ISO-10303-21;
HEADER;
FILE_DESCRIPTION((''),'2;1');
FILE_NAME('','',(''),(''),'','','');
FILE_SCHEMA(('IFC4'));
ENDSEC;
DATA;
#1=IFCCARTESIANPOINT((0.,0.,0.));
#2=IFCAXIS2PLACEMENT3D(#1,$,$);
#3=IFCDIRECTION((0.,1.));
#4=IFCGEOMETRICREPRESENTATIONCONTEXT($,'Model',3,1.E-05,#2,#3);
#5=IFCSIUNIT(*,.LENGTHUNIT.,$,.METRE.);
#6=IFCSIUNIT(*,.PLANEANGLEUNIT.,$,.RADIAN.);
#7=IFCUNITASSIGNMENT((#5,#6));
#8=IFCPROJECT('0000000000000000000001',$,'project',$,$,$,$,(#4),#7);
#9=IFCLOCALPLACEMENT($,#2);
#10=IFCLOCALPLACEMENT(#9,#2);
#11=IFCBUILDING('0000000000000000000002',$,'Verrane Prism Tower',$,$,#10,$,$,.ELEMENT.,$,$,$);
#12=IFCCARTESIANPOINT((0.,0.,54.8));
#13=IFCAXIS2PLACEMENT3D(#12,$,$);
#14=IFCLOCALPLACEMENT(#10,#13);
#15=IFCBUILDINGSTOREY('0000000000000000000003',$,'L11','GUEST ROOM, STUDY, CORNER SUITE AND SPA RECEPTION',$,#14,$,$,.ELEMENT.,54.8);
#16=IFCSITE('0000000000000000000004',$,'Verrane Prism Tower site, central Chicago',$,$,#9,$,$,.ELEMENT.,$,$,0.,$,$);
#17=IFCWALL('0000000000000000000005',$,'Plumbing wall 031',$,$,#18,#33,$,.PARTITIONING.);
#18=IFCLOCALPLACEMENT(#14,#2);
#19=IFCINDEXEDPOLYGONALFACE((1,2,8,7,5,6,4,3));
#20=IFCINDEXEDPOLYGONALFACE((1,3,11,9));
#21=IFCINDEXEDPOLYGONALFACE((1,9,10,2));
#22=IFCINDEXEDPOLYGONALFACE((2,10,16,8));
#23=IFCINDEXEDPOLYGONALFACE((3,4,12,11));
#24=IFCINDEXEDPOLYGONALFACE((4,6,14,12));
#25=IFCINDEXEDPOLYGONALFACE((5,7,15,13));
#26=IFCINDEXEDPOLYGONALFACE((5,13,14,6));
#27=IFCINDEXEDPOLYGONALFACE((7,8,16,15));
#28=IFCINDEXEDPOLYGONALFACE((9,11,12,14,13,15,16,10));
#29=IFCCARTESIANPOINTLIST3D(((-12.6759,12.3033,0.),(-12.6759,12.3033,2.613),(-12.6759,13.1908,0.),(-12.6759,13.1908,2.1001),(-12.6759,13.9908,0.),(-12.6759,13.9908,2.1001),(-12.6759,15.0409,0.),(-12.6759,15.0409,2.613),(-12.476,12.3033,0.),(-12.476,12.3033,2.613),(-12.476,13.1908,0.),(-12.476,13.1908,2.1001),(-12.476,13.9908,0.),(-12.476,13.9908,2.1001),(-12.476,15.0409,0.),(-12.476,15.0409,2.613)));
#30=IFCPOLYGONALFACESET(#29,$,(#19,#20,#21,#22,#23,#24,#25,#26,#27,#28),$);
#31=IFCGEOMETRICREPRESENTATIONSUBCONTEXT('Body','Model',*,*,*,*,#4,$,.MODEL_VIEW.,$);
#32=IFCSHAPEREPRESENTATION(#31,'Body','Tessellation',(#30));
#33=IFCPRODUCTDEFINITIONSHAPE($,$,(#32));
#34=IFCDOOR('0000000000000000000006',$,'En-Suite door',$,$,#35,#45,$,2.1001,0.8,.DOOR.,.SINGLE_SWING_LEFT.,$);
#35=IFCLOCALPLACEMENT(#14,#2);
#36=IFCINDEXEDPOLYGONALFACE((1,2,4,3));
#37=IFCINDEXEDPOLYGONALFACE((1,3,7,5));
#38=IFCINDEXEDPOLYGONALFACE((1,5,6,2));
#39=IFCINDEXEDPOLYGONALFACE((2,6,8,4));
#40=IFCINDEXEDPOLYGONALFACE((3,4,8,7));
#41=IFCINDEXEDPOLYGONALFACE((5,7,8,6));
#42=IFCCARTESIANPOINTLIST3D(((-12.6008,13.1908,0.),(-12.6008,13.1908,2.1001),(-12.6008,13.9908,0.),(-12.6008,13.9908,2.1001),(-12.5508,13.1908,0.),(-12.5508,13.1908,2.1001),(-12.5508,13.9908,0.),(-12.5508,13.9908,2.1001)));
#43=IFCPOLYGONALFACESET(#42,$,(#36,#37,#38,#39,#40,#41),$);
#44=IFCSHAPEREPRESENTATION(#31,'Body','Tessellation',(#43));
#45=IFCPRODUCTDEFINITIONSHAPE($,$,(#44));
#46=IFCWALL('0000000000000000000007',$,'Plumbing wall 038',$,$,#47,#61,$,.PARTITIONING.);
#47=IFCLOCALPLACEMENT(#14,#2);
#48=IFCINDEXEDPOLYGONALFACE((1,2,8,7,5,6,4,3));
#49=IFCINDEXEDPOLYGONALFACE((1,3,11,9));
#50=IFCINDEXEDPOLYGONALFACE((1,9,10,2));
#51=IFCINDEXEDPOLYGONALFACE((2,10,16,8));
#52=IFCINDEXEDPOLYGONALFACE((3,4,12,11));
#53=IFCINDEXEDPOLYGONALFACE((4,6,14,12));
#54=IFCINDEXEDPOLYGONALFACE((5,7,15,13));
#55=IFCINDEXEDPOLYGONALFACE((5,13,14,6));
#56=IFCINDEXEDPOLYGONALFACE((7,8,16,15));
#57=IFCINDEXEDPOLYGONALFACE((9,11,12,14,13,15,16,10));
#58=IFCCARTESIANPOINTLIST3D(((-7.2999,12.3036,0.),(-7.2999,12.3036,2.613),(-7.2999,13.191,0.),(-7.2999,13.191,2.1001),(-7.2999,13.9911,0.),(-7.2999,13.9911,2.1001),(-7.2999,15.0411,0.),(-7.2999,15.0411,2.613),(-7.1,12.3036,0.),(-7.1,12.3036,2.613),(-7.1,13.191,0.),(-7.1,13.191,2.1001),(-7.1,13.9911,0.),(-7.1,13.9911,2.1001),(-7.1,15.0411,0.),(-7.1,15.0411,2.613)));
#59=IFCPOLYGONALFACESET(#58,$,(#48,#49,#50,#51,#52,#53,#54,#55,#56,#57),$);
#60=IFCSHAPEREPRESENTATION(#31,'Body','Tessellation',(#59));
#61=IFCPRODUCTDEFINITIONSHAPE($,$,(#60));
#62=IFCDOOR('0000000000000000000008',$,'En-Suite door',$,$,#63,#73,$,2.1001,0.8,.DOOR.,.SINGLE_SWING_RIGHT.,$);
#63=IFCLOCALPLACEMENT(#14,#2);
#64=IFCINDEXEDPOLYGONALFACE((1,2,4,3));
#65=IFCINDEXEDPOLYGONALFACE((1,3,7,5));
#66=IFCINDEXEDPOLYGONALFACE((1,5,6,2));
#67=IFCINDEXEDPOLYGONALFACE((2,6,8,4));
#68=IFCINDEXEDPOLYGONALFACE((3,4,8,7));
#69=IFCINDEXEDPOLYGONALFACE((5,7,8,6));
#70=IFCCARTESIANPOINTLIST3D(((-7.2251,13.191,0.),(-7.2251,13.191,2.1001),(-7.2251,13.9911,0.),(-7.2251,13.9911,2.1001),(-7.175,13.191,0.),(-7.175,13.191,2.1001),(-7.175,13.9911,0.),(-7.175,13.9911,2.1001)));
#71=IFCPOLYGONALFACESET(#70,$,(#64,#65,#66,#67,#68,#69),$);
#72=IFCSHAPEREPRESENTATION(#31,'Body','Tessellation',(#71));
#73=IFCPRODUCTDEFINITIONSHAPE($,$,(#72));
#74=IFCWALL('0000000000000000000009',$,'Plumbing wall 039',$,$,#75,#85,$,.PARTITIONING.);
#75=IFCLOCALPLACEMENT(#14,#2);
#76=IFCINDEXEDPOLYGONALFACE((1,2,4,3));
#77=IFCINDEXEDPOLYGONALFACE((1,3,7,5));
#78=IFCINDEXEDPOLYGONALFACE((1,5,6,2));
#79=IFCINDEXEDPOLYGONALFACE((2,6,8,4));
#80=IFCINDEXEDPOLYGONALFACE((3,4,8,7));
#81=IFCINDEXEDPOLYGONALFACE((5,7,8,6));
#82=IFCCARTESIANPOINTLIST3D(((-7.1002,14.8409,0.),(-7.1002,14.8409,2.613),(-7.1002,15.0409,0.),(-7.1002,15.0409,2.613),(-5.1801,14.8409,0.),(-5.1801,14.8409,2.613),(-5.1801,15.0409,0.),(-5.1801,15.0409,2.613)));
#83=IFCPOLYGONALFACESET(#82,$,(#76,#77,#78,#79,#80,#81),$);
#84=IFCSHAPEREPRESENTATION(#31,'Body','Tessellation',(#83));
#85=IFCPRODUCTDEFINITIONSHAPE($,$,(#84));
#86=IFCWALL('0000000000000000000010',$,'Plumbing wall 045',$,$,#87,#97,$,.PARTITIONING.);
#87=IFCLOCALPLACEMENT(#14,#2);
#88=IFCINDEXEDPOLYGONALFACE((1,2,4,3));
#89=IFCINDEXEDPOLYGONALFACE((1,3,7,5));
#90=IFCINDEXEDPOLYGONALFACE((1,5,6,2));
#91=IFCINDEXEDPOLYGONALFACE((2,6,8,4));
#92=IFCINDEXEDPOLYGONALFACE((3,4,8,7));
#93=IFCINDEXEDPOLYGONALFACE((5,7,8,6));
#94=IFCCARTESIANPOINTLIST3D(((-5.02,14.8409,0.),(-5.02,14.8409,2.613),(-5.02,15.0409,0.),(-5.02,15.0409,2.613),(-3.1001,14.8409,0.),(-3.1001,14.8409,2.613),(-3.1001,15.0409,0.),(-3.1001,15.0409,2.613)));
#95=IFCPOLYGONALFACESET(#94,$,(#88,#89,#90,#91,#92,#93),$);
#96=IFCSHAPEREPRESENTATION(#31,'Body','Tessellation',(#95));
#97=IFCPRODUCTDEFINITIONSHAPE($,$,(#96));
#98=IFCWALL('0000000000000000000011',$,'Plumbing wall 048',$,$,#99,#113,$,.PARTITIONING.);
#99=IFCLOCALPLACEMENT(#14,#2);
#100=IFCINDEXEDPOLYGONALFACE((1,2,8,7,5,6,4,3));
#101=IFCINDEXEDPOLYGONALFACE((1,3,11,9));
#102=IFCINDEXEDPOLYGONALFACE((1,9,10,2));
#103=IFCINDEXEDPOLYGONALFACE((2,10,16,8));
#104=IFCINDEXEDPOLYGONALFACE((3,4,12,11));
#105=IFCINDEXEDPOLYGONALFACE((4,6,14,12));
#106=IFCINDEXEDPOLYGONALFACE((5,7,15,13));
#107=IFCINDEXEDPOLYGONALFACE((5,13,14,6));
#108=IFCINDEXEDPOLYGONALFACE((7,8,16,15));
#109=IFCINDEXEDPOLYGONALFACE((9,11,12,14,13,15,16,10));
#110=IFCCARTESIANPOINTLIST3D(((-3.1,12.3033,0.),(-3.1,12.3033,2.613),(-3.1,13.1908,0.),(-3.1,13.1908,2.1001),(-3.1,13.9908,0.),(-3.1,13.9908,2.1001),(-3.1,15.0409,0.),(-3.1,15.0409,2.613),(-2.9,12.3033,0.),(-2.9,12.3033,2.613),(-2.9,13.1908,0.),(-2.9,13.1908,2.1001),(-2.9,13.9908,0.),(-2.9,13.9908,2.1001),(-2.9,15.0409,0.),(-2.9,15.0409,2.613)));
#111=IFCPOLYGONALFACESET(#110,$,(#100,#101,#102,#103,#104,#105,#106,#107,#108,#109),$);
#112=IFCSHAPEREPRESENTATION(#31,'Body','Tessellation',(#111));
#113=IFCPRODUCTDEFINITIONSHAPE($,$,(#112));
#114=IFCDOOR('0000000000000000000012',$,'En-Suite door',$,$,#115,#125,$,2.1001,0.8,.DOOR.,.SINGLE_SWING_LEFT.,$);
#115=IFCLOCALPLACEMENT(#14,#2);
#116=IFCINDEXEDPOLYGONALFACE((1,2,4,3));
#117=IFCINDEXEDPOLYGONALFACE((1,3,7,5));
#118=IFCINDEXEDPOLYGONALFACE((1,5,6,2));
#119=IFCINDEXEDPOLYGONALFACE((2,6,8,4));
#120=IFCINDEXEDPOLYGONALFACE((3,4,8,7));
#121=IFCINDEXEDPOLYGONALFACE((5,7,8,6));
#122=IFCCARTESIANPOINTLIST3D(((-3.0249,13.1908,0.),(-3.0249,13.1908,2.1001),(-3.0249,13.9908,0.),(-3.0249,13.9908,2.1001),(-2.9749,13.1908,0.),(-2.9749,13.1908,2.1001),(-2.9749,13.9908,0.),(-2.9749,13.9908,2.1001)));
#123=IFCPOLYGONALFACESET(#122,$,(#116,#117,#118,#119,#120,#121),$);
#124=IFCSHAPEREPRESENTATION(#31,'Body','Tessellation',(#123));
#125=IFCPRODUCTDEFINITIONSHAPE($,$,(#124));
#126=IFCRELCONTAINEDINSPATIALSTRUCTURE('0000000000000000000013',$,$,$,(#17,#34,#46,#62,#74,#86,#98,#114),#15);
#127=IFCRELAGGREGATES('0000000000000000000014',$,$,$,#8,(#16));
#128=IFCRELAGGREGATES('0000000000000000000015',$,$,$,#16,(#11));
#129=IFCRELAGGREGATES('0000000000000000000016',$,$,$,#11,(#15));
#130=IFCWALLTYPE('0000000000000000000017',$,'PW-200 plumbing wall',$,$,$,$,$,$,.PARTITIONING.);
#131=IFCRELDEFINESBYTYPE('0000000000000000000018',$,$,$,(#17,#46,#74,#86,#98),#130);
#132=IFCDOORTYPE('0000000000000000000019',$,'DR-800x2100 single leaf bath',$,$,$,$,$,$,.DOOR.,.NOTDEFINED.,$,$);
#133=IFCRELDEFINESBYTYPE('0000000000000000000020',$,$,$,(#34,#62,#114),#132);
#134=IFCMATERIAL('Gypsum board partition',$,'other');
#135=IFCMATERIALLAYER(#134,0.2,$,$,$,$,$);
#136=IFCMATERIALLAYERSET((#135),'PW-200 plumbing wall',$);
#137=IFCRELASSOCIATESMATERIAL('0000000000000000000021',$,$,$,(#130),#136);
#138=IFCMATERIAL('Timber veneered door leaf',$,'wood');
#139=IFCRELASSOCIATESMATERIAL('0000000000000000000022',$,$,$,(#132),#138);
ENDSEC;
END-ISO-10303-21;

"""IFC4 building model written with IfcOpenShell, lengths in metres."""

from ifc_helpers import new_model, si_unit, direction, frame, frame_2d, origin, place, context, subcontext, project, spatial, rectangle, extrude, material, layer, layer_set, type_object, element, fill, save


model = new_model("IFC4")

# Units and contexts
model_context = context("Model", 3, precision=1e-05, world=origin(), true_north=direction((0.0, 1.0)))
body_context = subcontext(model_context, "Body", "Model", "MODEL_VIEW")
ifc_project = project(units=[si_unit("LENGTHUNIT", "METRE"), si_unit("PLANEANGLEUNIT", "RADIAN")], contexts=[model_context])

# Site, building, storey
site_placement = place(None, origin())
site = spatial("IfcSite", under=ifc_project, at=site_placement, Name="Verrane Prism Tower site, central Chicago", CompositionType="ELEMENT", RefElevation=0.0)
building_placement = place(site_placement, origin())
building = spatial("IfcBuilding", under=site, at=building_placement, Name="Verrane Prism Tower", CompositionType="ELEMENT")
storey_placement = place(building_placement, frame((0.0, 0.0, 54.8)))
storey = spatial("IfcBuildingStorey", under=building, at=storey_placement, Name="L11", Description="GUEST ROOM, STUDY, CORNER SUITE AND SPA RECEPTION", CompositionType="ELEMENT", Elevation=54.8)

# Shared definitions
ifc_material_1 = material(Name="Gypsum board partition", Category="other")
ifc_layer_1 = layer(ifc_material_1, 0.2)
ifc_layer_set_1 = layer_set([ifc_layer_1], Name="PW-200 plumbing wall")
wall_type_1 = type_object("IfcWallType", Name="PW-200 plumbing wall", PredefinedType="PARTITIONING", material=ifc_layer_set_1)

# Walls, openings, doors
wall_1_placement = place(storey_placement, frame((-12.5759, 12.3035, 0.0), z_axis=(0.0, 0.0, 1.0), x_axis=(0.0, 1.0, 0.0)))
wall_1 = element("IfcWall", 1, at=wall_1_placement, inside=storey, type_object=wall_type_1, Name="Plumbing wall 031", PredefinedType="PARTITIONING", context=body_context, shape_type="SweptSolid", body=[
    extrude(rectangle(XDim=2.7375, YDim=0.2, at=frame_2d((1.3687, 0.0))), origin(), (0.0, 0.0, 1.0), 2.613),
])
opening_1_placement = place(wall_1_placement, frame((0.8875, 0.0, 0.0)))
opening_1 = element("IfcOpeningElement", 2, at=opening_1_placement, cuts=wall_1, PredefinedType="OPENING", context=body_context, shape_type="SweptSolid", body=[
    extrude(rectangle(XDim=0.8, YDim=2.1001, at=frame_2d((0.3999, 1.05))), frame((0.0, 0.1099, 0.0), z_axis=(0.0, -1.0, 0.0), x_axis=(1.0, 0.0, 0.0)), (0.0, 0.0, 1.0), 0.22),
])
ifc_material_2 = material(Name="Timber veneered door leaf", Category="wood")
door_type = type_object("IfcDoorType", Name="DR-800x2100 single leaf bath", OperationType="NOTDEFINED", PredefinedType="DOOR", material=ifc_material_2)
door_1_placement = place(opening_1_placement, origin())
door_1 = element("IfcDoor", 3, at=door_1_placement, inside=storey, type_object=door_type, Name="En-Suite door", OperationType="SINGLE_SWING_LEFT", OverallHeight=2.1001, OverallWidth=0.8, PredefinedType="DOOR", context=body_context, shape_type="SweptSolid", body=[
    extrude(rectangle(XDim=0.8, YDim=2.1001, at=frame_2d((0.3999, 1.05))), frame((0.0, 0.0249, 0.0), z_axis=(0.0, -1.0, 0.0), x_axis=(1.0, 0.0, 0.0)), (0.0, 0.0, 1.0), 0.05),
])
fill(opening_1, door_1)
wall_2_placement = place(storey_placement, frame((-7.2, 15.041, 0.0), z_axis=(0.0, 0.0, 1.0), x_axis=(0.0, -1.0, 0.0)))
wall_2 = element("IfcWall", 4, at=wall_2_placement, inside=storey, type_object=wall_type_1, Name="Plumbing wall 038", PredefinedType="PARTITIONING", context=body_context, shape_type="SweptSolid", body=[
    extrude(rectangle(XDim=2.7375, YDim=0.2, at=frame_2d((1.3687, 0.0))), origin(), (0.0, 0.0, 1.0), 2.613),
])
opening_2_placement = place(wall_2_placement, frame((1.05, 0.0, 0.0)))
opening_2 = element("IfcOpeningElement", 5, at=opening_2_placement, cuts=wall_2, PredefinedType="OPENING", context=body_context, shape_type="SweptSolid", body=[
    extrude(rectangle(XDim=0.8, YDim=2.1001, at=frame_2d((0.3999, 1.05))), frame((0.0, 0.1099, 0.0), z_axis=(0.0, -1.0, 0.0), x_axis=(1.0, 0.0, 0.0)), (0.0, 0.0, 1.0), 0.22),
])
door_2_placement = place(opening_2_placement, origin())
door_2 = element("IfcDoor", 6, at=door_2_placement, inside=storey, type_object=door_type, Name="En-Suite door", OperationType="SINGLE_SWING_RIGHT", OverallHeight=2.1001, OverallWidth=0.8, PredefinedType="DOOR", context=body_context, shape_type="SweptSolid", body=[
    extrude(rectangle(XDim=0.8, YDim=2.1001, at=frame_2d((0.3999, 1.05))), frame((0.0, 0.0249, 0.0), z_axis=(0.0, -1.0, 0.0), x_axis=(1.0, 0.0, 0.0)), (0.0, 0.0, 1.0), 0.05),
])
fill(opening_2, door_2)

# Walls
wall_3_placement = place(storey_placement, frame((-7.1001, 14.9409, 0.0), z_axis=(0.0, 0.0, 1.0), x_axis=(1.0, 0.0, 0.0)))
element("IfcWall", 7, at=wall_3_placement, inside=storey, type_object=wall_type_1, Name="Plumbing wall 039", PredefinedType="PARTITIONING", context=body_context, shape_type="SweptSolid", body=[
    extrude(rectangle(XDim=1.9202, YDim=0.2, at=frame_2d((0.96, 0.0))), origin(), (0.0, 0.0, 1.0), 2.613),
])
wall_4_placement = place(storey_placement, frame((-5.02, 14.9409, 0.0), z_axis=(0.0, 0.0, 1.0), x_axis=(1.0, 0.0, 0.0)))
element("IfcWall", 8, at=wall_4_placement, inside=storey, type_object=wall_type_1, Name="Plumbing wall 045", PredefinedType="PARTITIONING", context=body_context, shape_type="SweptSolid", body=[
    extrude(rectangle(XDim=1.9199, YDim=0.2, at=frame_2d((0.96, 0.0))), origin(), (0.0, 0.0, 1.0), 2.613),
])

# Wall, opening, door
wall_5_placement = place(storey_placement, frame((-3.0, 12.3035, 0.0), z_axis=(0.0, 0.0, 1.0), x_axis=(0.0, 1.0, 0.0)))
wall_5 = element("IfcWall", 9, at=wall_5_placement, inside=storey, type_object=wall_type_1, Name="Plumbing wall 048", PredefinedType="PARTITIONING", context=body_context, shape_type="SweptSolid", body=[
    extrude(rectangle(XDim=2.7375, YDim=0.2, at=frame_2d((1.3687, 0.0))), origin(), (0.0, 0.0, 1.0), 2.613),
])
opening_3_placement = place(wall_5_placement, frame((0.8875, 0.0, 0.0)))
opening_3 = element("IfcOpeningElement", 10, at=opening_3_placement, cuts=wall_5, PredefinedType="OPENING", context=body_context, shape_type="SweptSolid", body=[
    extrude(rectangle(XDim=0.8, YDim=2.1001, at=frame_2d((0.3999, 1.05))), frame((0.0, 0.1099, 0.0), z_axis=(0.0, -1.0, 0.0), x_axis=(1.0, 0.0, 0.0)), (0.0, 0.0, 1.0), 0.22),
])
door_3_placement = place(opening_3_placement, origin())
door_3 = element("IfcDoor", 11, at=door_3_placement, inside=storey, type_object=door_type, Name="En-Suite door", OperationType="SINGLE_SWING_LEFT", OverallHeight=2.1001, OverallWidth=0.8, PredefinedType="DOOR", context=body_context, shape_type="SweptSolid", body=[
    extrude(rectangle(XDim=0.8, YDim=2.1001, at=frame_2d((0.3999, 1.05))), frame((0.0, 0.0249, 0.0), z_axis=(0.0, -1.0, 0.0), x_axis=(1.0, 0.0, 0.0)), (0.0, 0.0, 1.0), 0.05),
])
fill(opening_3, door_3)

save(model, "model.ifc")
